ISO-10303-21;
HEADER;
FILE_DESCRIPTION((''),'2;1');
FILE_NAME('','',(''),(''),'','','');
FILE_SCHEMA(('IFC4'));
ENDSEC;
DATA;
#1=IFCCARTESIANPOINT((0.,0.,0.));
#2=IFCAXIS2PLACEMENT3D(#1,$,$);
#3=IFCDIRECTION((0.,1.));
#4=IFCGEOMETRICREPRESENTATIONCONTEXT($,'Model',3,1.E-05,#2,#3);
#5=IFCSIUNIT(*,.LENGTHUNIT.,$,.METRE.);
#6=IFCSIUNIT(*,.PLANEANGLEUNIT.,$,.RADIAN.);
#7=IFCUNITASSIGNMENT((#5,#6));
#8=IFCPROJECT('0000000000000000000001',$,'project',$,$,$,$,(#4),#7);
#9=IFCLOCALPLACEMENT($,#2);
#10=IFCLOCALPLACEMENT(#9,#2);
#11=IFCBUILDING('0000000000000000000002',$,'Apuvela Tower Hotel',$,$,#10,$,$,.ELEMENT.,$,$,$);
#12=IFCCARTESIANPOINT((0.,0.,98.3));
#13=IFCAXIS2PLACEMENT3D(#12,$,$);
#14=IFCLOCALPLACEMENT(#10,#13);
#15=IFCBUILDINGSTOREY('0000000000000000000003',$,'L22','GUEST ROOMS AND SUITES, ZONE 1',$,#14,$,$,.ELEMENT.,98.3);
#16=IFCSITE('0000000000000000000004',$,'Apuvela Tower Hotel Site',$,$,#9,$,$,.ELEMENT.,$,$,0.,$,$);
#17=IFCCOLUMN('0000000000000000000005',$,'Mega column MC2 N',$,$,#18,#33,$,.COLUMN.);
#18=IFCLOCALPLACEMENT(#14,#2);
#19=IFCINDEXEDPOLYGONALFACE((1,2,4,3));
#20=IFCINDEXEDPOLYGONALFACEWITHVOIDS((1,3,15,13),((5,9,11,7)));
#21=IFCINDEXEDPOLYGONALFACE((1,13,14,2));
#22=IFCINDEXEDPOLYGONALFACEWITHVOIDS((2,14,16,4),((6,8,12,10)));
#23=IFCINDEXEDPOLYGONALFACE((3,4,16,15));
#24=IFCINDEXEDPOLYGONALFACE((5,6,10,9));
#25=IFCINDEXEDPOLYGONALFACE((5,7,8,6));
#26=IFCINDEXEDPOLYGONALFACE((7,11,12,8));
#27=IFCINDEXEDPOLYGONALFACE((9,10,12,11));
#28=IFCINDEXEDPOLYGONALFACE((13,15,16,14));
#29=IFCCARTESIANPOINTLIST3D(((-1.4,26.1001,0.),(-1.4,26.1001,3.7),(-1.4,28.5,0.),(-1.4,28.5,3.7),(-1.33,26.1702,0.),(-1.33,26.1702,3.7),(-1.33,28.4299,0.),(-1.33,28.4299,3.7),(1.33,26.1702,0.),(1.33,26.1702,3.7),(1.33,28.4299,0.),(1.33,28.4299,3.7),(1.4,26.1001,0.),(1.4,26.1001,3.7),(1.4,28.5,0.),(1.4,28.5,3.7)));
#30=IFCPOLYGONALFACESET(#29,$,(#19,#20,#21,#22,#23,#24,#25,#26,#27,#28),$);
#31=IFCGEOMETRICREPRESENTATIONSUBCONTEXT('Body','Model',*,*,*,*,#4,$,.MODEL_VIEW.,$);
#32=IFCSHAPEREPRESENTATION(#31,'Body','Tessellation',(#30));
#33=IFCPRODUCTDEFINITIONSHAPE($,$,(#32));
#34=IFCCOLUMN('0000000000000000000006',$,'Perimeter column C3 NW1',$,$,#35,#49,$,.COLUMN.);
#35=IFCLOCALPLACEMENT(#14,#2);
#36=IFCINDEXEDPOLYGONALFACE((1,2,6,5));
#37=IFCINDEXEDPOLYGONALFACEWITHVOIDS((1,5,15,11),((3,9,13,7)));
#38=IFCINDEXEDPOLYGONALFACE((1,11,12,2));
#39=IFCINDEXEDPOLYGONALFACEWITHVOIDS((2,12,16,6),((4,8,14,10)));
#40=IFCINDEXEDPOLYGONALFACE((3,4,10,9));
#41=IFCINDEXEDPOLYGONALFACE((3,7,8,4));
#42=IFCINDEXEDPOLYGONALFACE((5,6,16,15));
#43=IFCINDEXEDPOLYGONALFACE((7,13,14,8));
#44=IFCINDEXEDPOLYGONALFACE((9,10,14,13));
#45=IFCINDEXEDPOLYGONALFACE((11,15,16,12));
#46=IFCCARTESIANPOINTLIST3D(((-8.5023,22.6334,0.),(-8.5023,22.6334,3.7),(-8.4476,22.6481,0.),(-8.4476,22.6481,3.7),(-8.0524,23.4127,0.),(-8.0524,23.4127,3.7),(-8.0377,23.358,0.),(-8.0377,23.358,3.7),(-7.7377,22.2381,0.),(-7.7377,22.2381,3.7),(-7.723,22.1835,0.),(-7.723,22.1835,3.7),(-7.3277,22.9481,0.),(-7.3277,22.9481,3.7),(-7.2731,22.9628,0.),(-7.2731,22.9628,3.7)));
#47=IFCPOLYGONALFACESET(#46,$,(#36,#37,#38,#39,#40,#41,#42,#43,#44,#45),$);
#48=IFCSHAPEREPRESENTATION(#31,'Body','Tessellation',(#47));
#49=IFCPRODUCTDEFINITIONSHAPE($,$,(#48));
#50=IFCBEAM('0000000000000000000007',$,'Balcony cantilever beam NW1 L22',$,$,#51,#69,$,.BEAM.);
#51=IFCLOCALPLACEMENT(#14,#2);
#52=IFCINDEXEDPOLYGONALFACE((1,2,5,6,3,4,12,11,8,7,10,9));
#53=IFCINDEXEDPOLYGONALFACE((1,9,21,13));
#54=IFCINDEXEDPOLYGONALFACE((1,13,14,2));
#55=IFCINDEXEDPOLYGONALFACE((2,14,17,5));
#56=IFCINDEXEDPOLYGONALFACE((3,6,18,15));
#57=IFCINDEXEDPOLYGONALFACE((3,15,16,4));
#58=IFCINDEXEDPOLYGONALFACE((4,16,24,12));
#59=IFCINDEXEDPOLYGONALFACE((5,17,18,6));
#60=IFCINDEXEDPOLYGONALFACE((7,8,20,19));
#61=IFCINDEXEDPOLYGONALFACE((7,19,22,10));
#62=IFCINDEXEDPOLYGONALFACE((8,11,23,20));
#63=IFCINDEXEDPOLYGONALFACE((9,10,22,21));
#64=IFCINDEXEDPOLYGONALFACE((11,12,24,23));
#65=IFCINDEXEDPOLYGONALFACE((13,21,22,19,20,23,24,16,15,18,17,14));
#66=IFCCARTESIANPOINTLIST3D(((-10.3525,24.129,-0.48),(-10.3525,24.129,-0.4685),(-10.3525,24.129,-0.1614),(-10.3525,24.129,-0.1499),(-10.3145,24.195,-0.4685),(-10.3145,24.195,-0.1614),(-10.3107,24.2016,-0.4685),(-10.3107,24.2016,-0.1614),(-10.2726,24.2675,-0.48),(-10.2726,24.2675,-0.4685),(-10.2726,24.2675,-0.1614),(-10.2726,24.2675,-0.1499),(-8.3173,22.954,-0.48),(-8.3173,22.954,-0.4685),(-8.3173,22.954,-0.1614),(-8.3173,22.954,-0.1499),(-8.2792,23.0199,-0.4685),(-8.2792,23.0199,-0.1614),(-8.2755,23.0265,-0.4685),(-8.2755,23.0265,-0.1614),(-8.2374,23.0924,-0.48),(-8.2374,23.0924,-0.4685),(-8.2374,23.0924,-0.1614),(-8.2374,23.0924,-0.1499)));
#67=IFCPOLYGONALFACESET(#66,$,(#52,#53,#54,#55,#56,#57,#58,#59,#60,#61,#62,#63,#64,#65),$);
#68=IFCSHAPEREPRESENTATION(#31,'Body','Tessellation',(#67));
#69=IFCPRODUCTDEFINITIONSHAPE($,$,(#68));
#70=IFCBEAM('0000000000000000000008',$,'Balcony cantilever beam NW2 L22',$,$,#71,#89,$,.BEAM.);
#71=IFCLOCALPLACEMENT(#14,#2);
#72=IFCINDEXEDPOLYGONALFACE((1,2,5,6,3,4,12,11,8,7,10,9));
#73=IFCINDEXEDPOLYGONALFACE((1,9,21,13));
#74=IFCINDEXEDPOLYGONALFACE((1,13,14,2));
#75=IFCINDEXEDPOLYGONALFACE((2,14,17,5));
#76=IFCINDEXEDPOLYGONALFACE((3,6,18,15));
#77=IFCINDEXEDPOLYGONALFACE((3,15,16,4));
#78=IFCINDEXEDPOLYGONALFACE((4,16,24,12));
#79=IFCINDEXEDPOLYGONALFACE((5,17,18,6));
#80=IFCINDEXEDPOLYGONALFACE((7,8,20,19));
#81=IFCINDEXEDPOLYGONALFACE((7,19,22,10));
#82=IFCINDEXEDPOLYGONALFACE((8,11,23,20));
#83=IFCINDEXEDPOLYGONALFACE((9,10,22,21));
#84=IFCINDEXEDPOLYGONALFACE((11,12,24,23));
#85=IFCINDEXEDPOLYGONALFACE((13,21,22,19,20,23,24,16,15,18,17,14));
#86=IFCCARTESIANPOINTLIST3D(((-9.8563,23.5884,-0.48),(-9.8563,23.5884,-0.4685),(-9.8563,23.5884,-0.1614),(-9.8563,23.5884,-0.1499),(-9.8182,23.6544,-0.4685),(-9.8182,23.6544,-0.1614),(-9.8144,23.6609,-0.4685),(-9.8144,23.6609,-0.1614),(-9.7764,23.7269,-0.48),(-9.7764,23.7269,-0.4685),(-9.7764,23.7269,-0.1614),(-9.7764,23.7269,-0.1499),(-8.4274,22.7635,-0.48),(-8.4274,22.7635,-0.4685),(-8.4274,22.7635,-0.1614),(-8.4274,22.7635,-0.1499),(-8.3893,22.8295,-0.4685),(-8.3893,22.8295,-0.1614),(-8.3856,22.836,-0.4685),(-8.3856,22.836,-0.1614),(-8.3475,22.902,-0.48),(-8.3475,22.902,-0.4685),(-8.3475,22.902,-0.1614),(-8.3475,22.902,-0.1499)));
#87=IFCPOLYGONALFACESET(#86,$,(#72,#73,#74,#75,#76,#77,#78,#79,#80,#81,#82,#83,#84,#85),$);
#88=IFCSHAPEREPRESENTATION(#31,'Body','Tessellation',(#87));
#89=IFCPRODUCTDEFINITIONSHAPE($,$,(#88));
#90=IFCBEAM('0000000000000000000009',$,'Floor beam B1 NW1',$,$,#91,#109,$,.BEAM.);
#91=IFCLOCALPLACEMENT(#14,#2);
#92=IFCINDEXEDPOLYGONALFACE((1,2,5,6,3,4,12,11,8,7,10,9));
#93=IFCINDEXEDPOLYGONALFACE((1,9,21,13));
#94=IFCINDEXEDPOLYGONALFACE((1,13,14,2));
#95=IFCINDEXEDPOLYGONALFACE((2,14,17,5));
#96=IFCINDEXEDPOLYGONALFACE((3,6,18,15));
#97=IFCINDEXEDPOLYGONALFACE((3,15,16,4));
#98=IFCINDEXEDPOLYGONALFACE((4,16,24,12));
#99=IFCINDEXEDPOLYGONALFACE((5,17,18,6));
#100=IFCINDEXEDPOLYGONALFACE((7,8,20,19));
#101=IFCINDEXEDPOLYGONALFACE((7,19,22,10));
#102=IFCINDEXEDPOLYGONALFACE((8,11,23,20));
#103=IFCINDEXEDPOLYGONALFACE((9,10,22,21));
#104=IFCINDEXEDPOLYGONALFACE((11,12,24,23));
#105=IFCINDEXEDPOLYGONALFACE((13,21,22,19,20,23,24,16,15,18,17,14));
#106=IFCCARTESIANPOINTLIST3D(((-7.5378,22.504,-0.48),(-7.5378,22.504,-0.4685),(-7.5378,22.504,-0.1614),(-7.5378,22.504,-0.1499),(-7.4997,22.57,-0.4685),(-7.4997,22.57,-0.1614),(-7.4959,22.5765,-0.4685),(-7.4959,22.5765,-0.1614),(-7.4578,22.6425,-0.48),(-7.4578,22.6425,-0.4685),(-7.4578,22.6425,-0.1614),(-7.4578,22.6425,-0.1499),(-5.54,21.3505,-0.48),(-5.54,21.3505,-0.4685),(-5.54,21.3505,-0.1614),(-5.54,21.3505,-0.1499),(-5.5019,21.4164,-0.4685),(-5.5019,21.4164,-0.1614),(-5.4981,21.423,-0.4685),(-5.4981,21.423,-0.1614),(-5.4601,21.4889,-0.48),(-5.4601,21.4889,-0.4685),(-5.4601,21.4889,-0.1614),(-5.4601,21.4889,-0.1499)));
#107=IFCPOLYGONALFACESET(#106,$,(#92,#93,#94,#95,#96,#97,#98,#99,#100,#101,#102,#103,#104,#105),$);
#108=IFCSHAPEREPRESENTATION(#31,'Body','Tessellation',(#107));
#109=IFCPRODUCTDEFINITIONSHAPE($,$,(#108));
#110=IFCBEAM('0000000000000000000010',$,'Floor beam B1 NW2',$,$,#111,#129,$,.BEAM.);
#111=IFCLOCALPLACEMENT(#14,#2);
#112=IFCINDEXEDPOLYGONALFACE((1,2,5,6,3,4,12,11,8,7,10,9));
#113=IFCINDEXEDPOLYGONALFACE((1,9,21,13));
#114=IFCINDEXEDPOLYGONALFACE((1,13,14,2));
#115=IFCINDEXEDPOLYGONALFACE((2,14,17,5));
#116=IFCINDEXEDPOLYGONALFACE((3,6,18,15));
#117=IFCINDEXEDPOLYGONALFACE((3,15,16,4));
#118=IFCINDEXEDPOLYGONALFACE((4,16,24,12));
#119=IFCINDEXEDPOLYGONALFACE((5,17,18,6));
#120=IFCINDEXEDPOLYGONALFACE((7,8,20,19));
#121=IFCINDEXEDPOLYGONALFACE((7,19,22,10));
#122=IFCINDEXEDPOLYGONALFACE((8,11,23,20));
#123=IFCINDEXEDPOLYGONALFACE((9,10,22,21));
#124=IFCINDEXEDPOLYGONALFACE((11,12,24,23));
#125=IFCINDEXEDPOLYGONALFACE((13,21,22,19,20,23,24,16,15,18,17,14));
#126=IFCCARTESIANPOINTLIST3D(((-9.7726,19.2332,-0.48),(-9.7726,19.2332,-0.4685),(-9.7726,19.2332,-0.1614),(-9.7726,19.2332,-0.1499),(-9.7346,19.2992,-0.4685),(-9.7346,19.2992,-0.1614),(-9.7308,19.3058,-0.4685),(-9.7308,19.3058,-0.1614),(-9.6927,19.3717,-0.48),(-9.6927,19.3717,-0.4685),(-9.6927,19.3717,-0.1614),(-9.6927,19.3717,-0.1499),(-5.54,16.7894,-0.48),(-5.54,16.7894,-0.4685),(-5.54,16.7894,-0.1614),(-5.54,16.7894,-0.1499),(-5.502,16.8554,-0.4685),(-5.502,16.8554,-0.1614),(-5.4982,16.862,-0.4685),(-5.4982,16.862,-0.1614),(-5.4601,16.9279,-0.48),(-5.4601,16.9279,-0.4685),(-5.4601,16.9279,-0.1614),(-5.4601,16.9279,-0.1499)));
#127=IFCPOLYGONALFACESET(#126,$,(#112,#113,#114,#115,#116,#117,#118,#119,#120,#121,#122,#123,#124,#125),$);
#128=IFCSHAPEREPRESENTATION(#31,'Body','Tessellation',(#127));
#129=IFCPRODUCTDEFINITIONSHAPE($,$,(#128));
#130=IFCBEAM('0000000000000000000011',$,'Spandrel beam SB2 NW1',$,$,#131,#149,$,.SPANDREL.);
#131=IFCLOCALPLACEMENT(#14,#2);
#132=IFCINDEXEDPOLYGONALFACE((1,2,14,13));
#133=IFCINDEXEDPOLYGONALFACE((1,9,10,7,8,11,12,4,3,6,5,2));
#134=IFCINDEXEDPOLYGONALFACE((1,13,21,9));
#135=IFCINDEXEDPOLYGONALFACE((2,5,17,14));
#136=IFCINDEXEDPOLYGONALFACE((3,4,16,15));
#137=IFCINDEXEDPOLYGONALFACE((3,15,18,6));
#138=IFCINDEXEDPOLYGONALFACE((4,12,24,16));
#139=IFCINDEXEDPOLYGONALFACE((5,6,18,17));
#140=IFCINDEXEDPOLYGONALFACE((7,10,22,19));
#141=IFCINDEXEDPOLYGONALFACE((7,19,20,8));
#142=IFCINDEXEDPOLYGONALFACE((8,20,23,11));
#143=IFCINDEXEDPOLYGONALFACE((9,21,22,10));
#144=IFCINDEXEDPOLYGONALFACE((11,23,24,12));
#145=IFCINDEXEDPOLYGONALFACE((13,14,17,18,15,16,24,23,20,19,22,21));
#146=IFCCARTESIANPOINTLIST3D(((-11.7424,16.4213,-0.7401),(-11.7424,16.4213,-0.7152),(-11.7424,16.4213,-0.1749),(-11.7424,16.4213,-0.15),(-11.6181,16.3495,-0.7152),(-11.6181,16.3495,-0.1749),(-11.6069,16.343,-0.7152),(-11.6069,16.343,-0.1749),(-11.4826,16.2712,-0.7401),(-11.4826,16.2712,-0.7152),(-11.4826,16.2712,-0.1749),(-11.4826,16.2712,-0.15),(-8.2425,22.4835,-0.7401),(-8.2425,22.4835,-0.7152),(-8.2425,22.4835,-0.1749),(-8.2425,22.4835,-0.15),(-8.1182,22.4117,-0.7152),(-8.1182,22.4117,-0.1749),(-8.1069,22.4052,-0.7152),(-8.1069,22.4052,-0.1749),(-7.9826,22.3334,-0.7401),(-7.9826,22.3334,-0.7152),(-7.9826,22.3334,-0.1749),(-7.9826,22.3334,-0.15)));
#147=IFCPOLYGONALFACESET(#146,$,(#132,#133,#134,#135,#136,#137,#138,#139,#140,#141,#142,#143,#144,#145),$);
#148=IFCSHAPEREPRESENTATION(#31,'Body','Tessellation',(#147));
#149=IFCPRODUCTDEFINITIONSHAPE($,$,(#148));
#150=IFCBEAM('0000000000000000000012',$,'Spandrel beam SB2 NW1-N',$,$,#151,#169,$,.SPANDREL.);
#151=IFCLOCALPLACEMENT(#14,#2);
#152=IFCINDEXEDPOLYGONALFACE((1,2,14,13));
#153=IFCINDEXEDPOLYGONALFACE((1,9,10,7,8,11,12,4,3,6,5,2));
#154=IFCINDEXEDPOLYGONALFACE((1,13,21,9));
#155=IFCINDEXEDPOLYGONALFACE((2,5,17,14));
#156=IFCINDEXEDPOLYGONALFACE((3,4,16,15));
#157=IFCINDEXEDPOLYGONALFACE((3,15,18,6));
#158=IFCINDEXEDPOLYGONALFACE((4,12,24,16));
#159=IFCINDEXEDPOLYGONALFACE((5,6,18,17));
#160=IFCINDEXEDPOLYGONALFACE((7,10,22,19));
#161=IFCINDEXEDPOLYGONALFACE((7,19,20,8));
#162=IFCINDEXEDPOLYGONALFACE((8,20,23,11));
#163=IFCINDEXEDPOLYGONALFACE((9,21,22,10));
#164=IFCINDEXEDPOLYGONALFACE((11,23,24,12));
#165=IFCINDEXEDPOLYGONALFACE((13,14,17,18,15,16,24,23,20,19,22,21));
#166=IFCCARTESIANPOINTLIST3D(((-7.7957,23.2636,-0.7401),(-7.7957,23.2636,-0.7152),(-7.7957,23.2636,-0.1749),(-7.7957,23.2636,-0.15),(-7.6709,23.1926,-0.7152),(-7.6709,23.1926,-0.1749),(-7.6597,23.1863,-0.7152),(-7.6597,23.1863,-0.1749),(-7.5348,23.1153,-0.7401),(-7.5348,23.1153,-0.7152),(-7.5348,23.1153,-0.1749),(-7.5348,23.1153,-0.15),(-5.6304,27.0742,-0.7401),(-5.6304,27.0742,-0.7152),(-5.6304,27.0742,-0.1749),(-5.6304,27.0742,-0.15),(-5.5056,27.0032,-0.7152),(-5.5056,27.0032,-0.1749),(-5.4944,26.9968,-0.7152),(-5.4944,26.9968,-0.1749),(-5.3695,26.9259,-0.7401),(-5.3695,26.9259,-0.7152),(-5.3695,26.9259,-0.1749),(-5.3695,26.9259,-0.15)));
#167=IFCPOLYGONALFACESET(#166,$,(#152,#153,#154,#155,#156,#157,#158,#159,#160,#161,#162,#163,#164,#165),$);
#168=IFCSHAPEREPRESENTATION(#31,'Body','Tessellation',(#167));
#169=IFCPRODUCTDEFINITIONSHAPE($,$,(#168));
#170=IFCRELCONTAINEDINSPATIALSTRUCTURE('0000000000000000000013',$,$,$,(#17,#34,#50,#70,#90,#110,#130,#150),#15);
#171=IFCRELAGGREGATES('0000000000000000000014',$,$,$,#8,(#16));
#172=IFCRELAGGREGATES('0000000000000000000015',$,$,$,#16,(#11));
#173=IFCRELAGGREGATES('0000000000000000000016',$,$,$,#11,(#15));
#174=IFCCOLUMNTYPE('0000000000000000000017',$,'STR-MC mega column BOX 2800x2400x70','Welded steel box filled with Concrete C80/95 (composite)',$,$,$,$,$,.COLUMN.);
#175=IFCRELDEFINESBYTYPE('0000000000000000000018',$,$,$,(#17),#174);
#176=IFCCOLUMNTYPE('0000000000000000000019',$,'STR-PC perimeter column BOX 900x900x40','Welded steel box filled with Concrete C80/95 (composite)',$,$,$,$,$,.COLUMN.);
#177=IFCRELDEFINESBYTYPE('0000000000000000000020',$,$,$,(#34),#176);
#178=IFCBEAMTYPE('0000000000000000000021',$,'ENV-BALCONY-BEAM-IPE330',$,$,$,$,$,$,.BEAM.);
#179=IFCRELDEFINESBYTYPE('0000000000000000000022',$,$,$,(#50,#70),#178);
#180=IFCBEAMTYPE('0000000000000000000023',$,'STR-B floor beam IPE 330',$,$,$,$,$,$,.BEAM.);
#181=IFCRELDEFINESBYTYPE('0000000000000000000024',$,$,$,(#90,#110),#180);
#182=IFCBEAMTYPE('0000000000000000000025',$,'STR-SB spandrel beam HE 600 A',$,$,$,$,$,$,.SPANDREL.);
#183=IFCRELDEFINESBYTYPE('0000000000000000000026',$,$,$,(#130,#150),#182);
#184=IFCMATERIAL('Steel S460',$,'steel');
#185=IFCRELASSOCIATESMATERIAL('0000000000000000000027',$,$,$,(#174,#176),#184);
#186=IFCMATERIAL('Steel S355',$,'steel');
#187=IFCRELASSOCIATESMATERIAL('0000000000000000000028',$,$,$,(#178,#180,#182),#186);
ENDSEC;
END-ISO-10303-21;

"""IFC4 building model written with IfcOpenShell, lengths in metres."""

from ifc_helpers import new_model, si_unit, direction, frame, origin, origin_2d, place, context, subcontext, project, spatial, rectangle, hollow_rectangle, i_section, extrude, material, material_profile, profile_set, type_object, element, save


model = new_model("IFC4")

# Units and contexts
model_context = context("Model", 3, precision=1e-05, world=origin(), true_north=direction((0.0, 1.0)))
body_context = subcontext(model_context, "Body", "Model", "MODEL_VIEW")
ifc_project = project(units=[si_unit("LENGTHUNIT", "METRE"), si_unit("PLANEANGLEUNIT", "RADIAN")], contexts=[model_context])

# Site, building, storey
site_placement = place(None, origin())
site = spatial("IfcSite", under=ifc_project, at=site_placement, Name="Apuvela Tower Hotel Site", CompositionType="ELEMENT", RefElevation=0.0)
building_placement = place(site_placement, origin())
building = spatial("IfcBuilding", under=site, at=building_placement, Name="Apuvela Tower Hotel", CompositionType="ELEMENT")
storey_placement = place(building_placement, frame((0.0, 0.0, 98.3)))
storey = spatial("IfcBuildingStorey", under=building, at=storey_placement, Name="L22", Description="GUEST ROOMS AND SUITES, ZONE 1", CompositionType="ELEMENT", Elevation=98.3)

# Columns
ifc_material_1 = material(Name="Steel S460", Category="steel")
ifc_material_profile_1 = material_profile(ifc_material_1, hollow_rectangle(XDim=2.8, YDim=2.3999, WallThickness=0.0701, at=origin_2d()), Name="BOX 2800x2400x70")
ifc_material_2 = material(Name="Concrete C80/95", Category="concrete")
ifc_material_profile_2 = material_profile(ifc_material_2, rectangle(XDim=2.6599, YDim=2.26, at=origin_2d()), Name="Concrete C80/95 infill")
ifc_profile_set_1 = profile_set([ifc_material_profile_1, ifc_material_profile_2], Name="Steel S460")
column_type_1 = type_object("IfcColumnType", Name="STR-MC mega column BOX 2800x2400x70", Description="Welded steel box filled with Concrete C80/95 (composite)", PredefinedType="COLUMN", material=ifc_profile_set_1)
column_1_placement = place(storey_placement, frame((0.0, 27.3, 0.0), z_axis=(0.0, 0.0, 1.0), x_axis=(1.0, 0.0, 0.0)))
element("IfcColumn", 1, at=column_1_placement, inside=storey, type_object=column_type_1, Name="Mega column MC2 N", PredefinedType="COLUMN", context=body_context, shape_type="SweptSolid", body=[
    extrude(hollow_rectangle(XDim=2.8, YDim=2.3999, WallThickness=0.0701, at=origin_2d()), origin(), (0.0, 0.0, 1.0), 3.7),
])
ifc_material_profile_3 = material_profile(ifc_material_1, hollow_rectangle(XDim=0.8999, YDim=0.8999, WallThickness=0.04, at=origin_2d()), Name="BOX 900x900x40")
ifc_material_profile_4 = material_profile(ifc_material_2, rectangle(XDim=0.8201, YDim=0.8201, at=origin_2d()), Name="Concrete C80/95 infill")
ifc_profile_set_2 = profile_set([ifc_material_profile_3, ifc_material_profile_4], Name="Steel S460")
column_type_2 = type_object("IfcColumnType", Name="STR-PC perimeter column BOX 900x900x40", Description="Welded steel box filled with Concrete C80/95 (composite)", PredefinedType="COLUMN", material=ifc_profile_set_2)
column_2_placement = place(storey_placement, frame((-7.8877, 22.7981, 0.0), z_axis=(0.0, 0.0, 1.0), x_axis=(0.5, 0.866025, 0.0)))
element("IfcColumn", 2, at=column_2_placement, inside=storey, type_object=column_type_2, Name="Perimeter column C3 NW1", PredefinedType="COLUMN", context=body_context, shape_type="SweptSolid", body=[
    extrude(hollow_rectangle(XDim=0.8999, YDim=0.8999, WallThickness=0.04, at=origin_2d()), origin(), (0.0, 0.0, 1.0), 3.7),
])

# Beams
ifc_material_3 = material(Name="Steel S355", Category="steel")
ifc_material_profile_5 = material_profile(ifc_material_3, i_section(OverallWidth=0.1599, OverallDepth=0.3301, WebThickness=0.0076, FlangeThickness=0.0115, at=origin_2d()), Name="IPE 330")
ifc_profile_set_3 = profile_set([ifc_material_profile_5], Name="Steel S355")
beam_type_1 = type_object("IfcBeamType", Name="ENV-BALCONY-BEAM-IPE330", PredefinedType="BEAM", material=ifc_profile_set_3)
beam_1_placement = place(storey_placement, frame((-8.2773, 23.0232, -0.3149), z_axis=(-0.866016, 0.500016, 0.0), x_axis=(-0.500016, -0.866016, 0.0)))
element("IfcBeam", 3, at=beam_1_placement, inside=storey, type_object=beam_type_1, Name="Balcony cantilever beam NW1 L22", PredefinedType="BEAM", context=body_context, shape_type="SweptSolid", body=[
    extrude(i_section(OverallWidth=0.1599, OverallDepth=0.3301, WebThickness=0.0076, FlangeThickness=0.0115, at=origin_2d()), origin(), (0.0, 0.0, 1.0), 2.3501),
])
beam_2_placement = place(storey_placement, frame((-8.3875, 22.8328, -0.3149), z_axis=(-0.86604, 0.499974, 0.0), x_axis=(-0.499974, -0.86604, 0.0)))
element("IfcBeam", 4, at=beam_2_placement, inside=storey, type_object=beam_type_1, Name="Balcony cantilever beam NW2 L22", PredefinedType="BEAM", context=body_context, shape_type="SweptSolid", body=[
    extrude(i_section(OverallWidth=0.1599, OverallDepth=0.3301, WebThickness=0.0076, FlangeThickness=0.0115, at=origin_2d()), origin(), (0.0, 0.0, 1.0), 1.6499),
])
ifc_material_profile_6 = material_profile(ifc_material_3, i_section(OverallWidth=0.1599, OverallDepth=0.3301, WebThickness=0.0076, FlangeThickness=0.0115, at=origin_2d()), Name="IPE 330")
ifc_profile_set_4 = profile_set([ifc_material_profile_6], Name="Steel S355")
beam_type_2 = type_object("IfcBeamType", Name="STR-B floor beam IPE 330", PredefinedType="BEAM", material=ifc_profile_set_4)
beam_3_placement = place(storey_placement, frame((-7.4978, 22.5732, -0.3149), z_axis=(0.866001, -0.500043, 0.0), x_axis=(0.500043, 0.866001, 0.0)))
element("IfcBeam", 5, at=beam_3_placement, inside=storey, type_object=beam_type_2, Name="Floor beam B1 NW1", PredefinedType="BEAM", context=body_context, shape_type="SweptSolid", body=[
    extrude(i_section(OverallWidth=0.1599, OverallDepth=0.3301, WebThickness=0.0076, FlangeThickness=0.0115, at=origin_2d()), origin(), (0.0, 0.0, 1.0), 2.3069),
])
beam_4_placement = place(storey_placement, frame((-9.7327, 19.3025, -0.3149), z_axis=(0.866015, -0.500018, 0.0), x_axis=(0.500018, 0.866015, 0.0)))
element("IfcBeam", 6, at=beam_4_placement, inside=storey, type_object=beam_type_2, Name="Floor beam B1 NW2", PredefinedType="BEAM", context=body_context, shape_type="SweptSolid", body=[
    extrude(i_section(OverallWidth=0.1599, OverallDepth=0.3301, WebThickness=0.0076, FlangeThickness=0.0115, at=origin_2d()), origin(), (0.0, 0.0, 1.0), 4.8875),
])
ifc_material_profile_7 = material_profile(ifc_material_3, i_section(OverallWidth=0.3, OverallDepth=0.5901, WebThickness=0.0129, FlangeThickness=0.0249, at=origin_2d()), Name="HE 600 A")
ifc_profile_set_5 = profile_set([ifc_material_profile_7], Name="Steel S355")
beam_type_3 = type_object("IfcBeamType", Name="STR-SB spandrel beam HE 600 A", PredefinedType="SPANDREL", material=ifc_profile_set_5)
beam_5_placement = place(storey_placement, frame((-8.1125, 22.4084, -0.4451), z_axis=(-0.499995, -0.866028, 0.0), x_axis=(0.866028, -0.499995, 0.0)))
element("IfcBeam", 7, at=beam_5_placement, inside=storey, type_object=beam_type_3, Name="Spandrel beam SB2 NW1", PredefinedType="SPANDREL", context=body_context, shape_type="SweptSolid", body=[
    extrude(i_section(OverallWidth=0.3, OverallDepth=0.5901, WebThickness=0.0129, FlangeThickness=0.0249, at=origin_2d()), origin(), (0.0, 0.0, 1.0), 7.0),
])
beam_6_placement = place(storey_placement, frame((-7.6653, 23.1895, -0.4451), z_axis=(0.494044, 0.869437, 0.0), x_axis=(-0.869437, 0.494044, 0.0)))
element("IfcBeam", 8, at=beam_6_placement, inside=storey, type_object=beam_type_3, Name="Spandrel beam SB2 NW1-N", PredefinedType="SPANDREL", context=body_context, shape_type="SweptSolid", body=[
    extrude(i_section(OverallWidth=0.3, OverallDepth=0.5901, WebThickness=0.0129, FlangeThickness=0.0249, at=origin_2d()), origin(), (0.0, 0.0, 1.0), 4.3828),
])

save(model, "model.ifc")
